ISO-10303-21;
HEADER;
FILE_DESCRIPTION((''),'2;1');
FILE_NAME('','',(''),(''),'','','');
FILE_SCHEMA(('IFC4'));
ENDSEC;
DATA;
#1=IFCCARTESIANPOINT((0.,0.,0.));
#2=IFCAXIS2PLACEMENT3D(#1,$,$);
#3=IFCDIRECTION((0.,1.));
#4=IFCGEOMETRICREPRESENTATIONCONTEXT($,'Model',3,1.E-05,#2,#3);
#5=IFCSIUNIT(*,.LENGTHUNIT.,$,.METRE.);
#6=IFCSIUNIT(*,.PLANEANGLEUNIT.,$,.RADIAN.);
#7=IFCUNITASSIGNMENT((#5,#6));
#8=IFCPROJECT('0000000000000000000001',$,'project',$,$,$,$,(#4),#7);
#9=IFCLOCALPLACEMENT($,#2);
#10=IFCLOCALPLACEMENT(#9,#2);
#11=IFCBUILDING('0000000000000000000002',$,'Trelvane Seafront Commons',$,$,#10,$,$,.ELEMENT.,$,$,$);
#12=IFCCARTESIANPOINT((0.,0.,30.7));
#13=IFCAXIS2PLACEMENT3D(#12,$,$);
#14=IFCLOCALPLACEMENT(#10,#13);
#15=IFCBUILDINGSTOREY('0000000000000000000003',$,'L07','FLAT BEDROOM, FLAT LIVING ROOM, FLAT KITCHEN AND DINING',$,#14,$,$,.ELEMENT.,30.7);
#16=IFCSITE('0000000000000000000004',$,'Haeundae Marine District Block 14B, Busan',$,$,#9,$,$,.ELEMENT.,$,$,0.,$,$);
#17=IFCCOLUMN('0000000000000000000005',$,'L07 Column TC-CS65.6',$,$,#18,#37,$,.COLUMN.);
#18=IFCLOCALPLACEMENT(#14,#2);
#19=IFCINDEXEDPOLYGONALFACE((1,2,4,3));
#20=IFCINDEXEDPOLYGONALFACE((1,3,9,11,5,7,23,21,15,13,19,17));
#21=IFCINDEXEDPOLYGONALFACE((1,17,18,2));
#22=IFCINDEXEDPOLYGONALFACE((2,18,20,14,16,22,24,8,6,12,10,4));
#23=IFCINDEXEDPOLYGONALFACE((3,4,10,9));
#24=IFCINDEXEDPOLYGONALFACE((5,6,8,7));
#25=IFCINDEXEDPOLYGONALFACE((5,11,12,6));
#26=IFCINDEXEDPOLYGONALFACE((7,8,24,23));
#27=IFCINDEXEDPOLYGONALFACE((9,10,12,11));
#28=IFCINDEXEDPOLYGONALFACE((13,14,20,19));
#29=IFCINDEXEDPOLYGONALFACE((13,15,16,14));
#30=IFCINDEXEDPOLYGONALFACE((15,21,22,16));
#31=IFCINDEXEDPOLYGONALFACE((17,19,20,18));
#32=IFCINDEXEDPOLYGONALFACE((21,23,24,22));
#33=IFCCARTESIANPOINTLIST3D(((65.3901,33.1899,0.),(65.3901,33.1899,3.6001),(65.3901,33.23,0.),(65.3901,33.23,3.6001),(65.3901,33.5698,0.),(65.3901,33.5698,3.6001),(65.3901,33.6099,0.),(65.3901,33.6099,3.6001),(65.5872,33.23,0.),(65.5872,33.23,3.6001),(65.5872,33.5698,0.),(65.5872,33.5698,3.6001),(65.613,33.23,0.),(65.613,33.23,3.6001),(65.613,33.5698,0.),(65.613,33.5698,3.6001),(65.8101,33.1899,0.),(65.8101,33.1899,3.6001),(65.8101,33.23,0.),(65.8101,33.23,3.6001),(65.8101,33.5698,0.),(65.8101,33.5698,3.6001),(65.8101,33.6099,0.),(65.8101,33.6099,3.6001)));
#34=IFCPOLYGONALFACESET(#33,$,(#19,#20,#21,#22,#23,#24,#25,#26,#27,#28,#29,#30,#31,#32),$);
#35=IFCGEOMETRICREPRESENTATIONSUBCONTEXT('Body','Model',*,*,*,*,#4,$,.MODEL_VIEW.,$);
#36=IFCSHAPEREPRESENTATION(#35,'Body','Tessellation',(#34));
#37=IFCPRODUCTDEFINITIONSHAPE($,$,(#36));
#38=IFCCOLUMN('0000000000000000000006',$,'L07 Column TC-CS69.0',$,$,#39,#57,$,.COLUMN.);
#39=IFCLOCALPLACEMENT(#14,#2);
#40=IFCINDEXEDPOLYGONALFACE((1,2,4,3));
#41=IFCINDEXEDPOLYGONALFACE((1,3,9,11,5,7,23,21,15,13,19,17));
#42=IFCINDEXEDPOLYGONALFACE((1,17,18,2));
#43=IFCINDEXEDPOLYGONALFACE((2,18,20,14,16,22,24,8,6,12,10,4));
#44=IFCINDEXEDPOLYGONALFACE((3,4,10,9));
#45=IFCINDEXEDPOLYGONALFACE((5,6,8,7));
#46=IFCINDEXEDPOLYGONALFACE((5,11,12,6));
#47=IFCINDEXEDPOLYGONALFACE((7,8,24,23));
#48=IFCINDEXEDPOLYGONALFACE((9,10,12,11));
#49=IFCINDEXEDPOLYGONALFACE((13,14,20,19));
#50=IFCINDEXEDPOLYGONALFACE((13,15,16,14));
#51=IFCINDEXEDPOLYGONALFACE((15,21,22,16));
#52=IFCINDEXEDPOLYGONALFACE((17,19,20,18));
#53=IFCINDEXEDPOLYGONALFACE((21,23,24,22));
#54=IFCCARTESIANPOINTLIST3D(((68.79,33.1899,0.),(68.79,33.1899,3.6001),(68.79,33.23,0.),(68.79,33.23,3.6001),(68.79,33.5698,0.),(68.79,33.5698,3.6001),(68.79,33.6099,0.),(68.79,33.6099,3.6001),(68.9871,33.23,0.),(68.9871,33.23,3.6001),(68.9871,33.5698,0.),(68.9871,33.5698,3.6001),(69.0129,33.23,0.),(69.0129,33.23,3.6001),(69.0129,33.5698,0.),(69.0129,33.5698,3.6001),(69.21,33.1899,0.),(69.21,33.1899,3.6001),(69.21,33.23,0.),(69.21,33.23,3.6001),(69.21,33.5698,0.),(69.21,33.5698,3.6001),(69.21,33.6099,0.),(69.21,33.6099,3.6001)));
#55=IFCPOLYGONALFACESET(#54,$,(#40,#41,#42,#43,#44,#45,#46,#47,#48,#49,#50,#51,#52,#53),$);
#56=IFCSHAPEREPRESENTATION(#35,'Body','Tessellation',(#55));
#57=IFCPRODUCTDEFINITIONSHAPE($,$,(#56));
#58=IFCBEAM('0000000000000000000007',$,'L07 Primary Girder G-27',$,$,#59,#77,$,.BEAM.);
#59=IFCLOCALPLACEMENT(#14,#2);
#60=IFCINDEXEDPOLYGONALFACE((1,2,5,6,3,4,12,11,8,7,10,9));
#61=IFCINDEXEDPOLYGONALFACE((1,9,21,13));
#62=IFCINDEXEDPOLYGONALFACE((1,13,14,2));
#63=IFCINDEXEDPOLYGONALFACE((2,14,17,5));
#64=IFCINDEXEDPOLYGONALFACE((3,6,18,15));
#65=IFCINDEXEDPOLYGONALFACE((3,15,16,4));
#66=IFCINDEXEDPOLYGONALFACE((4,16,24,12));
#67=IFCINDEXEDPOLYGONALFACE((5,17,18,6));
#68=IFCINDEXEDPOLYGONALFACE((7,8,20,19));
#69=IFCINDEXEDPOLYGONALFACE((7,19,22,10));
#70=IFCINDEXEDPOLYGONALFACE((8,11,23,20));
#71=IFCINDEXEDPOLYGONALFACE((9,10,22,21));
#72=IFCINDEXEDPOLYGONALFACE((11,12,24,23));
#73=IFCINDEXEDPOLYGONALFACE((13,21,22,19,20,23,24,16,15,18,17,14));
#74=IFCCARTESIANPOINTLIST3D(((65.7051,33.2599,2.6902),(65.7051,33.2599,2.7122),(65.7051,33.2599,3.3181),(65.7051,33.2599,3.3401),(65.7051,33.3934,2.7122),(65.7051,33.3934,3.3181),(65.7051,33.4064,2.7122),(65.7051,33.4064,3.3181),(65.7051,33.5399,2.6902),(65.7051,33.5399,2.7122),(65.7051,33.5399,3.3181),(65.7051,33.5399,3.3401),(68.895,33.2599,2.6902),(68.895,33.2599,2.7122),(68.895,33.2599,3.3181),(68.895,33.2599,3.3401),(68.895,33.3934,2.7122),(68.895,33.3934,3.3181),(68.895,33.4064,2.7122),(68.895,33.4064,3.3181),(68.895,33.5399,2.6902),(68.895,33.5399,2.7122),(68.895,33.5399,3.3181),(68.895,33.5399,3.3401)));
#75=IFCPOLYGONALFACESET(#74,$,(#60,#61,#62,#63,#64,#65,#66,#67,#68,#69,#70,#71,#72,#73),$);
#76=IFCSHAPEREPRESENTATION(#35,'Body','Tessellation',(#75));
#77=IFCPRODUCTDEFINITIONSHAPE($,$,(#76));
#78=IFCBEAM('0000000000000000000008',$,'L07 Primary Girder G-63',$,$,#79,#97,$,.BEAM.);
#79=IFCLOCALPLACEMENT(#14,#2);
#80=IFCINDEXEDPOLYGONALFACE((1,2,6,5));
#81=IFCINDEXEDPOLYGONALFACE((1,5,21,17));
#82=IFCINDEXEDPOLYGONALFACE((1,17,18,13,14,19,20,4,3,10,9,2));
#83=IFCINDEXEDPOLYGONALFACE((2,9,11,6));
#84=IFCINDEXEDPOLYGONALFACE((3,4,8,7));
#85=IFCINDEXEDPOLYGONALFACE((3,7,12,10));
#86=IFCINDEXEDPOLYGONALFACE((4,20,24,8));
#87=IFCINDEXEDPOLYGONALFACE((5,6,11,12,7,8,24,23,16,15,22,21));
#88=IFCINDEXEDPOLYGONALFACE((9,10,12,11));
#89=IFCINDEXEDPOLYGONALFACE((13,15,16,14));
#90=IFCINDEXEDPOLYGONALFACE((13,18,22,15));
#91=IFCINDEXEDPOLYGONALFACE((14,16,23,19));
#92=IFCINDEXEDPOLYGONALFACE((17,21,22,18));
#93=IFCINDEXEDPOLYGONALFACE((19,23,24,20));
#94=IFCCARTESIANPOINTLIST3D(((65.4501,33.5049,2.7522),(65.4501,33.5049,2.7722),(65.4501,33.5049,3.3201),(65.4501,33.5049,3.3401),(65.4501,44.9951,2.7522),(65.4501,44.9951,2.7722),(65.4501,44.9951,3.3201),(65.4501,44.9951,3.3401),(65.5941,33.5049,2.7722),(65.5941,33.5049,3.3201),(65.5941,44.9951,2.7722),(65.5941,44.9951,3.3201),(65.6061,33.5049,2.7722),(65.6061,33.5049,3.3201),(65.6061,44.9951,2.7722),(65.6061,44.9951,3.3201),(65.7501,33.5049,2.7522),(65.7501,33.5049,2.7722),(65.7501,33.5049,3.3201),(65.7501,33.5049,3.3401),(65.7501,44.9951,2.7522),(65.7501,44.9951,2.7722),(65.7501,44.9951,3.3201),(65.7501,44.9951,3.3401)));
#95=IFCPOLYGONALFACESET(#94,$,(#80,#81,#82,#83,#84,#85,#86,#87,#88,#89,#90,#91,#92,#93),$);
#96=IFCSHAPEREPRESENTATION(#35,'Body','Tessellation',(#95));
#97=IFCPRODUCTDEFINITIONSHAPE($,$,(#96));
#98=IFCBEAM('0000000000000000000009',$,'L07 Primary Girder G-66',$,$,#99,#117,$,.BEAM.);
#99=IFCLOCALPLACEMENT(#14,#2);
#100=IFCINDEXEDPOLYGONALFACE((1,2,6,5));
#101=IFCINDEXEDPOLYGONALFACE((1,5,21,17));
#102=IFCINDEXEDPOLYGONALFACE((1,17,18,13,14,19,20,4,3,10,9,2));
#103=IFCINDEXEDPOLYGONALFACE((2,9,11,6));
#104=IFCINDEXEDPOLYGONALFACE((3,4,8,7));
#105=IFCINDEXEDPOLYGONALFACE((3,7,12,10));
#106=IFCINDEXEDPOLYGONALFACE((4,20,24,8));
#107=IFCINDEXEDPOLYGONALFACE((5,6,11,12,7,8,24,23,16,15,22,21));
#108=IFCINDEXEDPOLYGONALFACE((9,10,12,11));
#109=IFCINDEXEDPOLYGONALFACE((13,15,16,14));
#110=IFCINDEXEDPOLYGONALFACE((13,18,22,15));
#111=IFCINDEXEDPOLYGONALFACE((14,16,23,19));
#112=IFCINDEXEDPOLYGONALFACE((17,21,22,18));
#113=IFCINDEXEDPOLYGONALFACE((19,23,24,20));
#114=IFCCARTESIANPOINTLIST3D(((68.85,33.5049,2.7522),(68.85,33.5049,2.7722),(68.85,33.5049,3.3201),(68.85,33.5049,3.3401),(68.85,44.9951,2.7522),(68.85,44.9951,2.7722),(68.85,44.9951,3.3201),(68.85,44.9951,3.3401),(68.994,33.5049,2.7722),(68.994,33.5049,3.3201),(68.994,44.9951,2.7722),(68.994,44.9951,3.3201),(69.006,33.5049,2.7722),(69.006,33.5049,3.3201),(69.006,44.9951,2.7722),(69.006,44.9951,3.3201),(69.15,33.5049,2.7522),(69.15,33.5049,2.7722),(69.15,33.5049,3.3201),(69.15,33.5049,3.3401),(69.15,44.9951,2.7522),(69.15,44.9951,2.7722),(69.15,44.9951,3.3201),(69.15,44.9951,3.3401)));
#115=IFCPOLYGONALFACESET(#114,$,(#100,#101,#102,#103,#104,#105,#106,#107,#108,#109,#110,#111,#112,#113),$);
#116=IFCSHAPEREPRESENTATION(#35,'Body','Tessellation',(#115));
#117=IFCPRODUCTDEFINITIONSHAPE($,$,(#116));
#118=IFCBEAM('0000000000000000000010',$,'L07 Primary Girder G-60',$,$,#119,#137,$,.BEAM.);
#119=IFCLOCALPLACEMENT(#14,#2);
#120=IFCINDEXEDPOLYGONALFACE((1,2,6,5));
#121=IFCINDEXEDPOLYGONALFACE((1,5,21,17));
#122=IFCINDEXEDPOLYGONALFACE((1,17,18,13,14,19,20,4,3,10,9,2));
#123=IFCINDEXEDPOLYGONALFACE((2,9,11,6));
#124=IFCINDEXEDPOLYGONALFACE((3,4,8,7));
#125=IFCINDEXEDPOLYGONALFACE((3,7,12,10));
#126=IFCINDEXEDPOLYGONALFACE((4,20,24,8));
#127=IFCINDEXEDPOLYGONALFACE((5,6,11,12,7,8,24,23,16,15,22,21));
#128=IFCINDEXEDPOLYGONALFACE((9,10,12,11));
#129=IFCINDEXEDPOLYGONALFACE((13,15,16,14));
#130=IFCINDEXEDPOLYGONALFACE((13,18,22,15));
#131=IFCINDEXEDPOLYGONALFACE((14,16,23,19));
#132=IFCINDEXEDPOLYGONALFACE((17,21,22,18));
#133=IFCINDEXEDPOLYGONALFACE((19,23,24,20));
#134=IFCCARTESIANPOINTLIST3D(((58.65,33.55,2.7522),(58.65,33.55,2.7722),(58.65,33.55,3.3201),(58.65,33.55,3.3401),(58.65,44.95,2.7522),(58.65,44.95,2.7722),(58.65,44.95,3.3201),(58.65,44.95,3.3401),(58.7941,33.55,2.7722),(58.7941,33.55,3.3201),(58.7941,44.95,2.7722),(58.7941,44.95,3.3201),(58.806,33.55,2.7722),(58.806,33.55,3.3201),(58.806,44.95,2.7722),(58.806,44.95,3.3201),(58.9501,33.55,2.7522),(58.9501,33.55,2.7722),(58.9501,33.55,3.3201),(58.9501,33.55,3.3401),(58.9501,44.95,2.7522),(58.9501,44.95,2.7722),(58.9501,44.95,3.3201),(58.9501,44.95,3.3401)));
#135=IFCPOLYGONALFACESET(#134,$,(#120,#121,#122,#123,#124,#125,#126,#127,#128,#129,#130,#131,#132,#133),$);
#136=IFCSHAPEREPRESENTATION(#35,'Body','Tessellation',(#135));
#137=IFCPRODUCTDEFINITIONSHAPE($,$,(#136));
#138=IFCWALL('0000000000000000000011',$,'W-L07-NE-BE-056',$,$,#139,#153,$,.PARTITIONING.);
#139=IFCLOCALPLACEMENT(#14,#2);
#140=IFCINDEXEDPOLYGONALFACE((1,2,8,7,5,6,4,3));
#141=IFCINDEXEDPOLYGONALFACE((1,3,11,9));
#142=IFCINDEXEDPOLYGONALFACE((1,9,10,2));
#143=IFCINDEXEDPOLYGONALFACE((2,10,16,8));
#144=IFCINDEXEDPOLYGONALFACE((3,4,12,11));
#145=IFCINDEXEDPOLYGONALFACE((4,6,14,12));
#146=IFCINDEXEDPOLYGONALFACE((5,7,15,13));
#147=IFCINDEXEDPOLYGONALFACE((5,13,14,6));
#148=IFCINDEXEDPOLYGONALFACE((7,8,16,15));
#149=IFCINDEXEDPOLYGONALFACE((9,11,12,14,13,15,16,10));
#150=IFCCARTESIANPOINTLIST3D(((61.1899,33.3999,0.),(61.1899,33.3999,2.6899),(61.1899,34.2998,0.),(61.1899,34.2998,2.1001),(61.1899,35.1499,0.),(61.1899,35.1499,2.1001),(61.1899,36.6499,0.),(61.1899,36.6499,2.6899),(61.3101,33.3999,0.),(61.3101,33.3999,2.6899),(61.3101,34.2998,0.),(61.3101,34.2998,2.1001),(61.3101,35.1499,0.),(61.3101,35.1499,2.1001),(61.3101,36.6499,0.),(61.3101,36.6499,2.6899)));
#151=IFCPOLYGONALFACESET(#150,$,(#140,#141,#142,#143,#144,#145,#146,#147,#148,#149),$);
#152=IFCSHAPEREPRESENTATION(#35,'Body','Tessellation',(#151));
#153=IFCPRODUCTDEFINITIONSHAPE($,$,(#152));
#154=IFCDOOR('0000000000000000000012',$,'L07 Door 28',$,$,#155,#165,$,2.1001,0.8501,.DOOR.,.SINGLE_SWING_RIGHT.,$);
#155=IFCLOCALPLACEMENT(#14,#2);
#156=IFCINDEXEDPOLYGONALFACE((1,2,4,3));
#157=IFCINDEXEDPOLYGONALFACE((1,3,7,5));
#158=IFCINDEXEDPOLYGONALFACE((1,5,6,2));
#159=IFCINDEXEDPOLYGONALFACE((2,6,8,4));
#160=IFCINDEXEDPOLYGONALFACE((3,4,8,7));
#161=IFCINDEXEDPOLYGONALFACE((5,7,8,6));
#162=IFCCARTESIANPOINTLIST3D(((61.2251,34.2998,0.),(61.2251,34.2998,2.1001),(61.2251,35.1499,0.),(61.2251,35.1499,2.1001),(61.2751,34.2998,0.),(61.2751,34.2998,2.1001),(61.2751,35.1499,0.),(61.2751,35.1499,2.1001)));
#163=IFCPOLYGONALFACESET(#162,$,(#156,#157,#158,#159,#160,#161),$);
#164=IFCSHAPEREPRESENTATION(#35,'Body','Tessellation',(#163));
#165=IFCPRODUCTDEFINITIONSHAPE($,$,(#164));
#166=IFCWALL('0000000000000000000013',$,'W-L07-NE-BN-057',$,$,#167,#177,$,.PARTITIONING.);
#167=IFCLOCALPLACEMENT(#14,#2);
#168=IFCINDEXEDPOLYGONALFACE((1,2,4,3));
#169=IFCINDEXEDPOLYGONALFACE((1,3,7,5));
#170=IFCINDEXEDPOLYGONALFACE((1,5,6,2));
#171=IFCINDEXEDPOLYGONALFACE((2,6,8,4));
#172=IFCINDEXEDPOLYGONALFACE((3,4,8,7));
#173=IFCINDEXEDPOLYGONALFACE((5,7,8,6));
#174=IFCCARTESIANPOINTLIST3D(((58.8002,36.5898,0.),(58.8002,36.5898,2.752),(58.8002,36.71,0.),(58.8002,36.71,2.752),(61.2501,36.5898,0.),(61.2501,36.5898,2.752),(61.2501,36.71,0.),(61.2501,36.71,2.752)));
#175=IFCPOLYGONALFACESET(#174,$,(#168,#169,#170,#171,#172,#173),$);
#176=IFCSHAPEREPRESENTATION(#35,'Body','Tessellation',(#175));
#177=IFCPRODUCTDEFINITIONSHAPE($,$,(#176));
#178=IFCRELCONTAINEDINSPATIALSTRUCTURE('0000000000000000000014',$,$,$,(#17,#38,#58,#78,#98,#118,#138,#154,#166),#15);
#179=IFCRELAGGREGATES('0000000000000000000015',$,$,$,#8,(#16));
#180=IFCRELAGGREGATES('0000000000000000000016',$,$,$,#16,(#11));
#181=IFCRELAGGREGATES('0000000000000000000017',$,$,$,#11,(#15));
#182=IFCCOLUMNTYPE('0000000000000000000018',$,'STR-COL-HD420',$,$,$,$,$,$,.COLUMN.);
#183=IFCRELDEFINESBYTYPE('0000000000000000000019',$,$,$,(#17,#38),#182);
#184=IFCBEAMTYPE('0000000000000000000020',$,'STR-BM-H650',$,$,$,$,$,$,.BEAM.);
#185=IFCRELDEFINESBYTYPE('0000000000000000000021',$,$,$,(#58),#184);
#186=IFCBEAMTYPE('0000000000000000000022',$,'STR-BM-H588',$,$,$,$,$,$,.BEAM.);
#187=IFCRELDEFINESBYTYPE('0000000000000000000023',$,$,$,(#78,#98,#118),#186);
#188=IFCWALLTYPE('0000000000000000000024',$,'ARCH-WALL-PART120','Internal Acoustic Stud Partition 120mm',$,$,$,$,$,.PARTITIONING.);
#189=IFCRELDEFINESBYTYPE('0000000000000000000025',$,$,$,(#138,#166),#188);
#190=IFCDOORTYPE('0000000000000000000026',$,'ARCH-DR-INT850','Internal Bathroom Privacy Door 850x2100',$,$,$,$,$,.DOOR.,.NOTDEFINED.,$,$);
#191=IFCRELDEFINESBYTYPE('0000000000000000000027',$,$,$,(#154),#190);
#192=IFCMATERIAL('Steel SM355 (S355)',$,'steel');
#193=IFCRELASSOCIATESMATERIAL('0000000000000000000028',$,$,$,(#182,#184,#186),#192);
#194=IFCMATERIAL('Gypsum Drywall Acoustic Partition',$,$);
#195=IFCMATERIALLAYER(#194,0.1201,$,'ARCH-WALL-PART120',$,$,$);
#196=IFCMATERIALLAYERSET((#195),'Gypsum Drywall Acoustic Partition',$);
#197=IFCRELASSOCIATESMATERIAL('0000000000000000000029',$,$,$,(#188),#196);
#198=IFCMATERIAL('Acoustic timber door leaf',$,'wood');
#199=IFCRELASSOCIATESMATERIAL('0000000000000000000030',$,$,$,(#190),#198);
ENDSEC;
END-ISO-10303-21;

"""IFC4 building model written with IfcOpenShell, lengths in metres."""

from ifc_helpers import new_model, si_unit, direction, frame, frame_2d, origin, origin_2d, place, context, subcontext, project, spatial, rectangle, i_section, extrude, source, transform, mapped, material, layer, layer_set, material_profile, profile_set, type_object, element, fill, save


model = new_model("IFC4")

# Units and contexts
model_context = context("Model", 3, precision=1e-05, world=origin(), true_north=direction((0.0, 1.0)))
body_context = subcontext(model_context, "Body", "Model", "MODEL_VIEW")
ifc_project = project(units=[si_unit("LENGTHUNIT", "METRE"), si_unit("PLANEANGLEUNIT", "RADIAN")], contexts=[model_context])

# Site, building, storey
site_placement = place(None, origin())
site = spatial("IfcSite", under=ifc_project, at=site_placement, Name="Haeundae Marine District Block 14B, Busan", CompositionType="ELEMENT", RefElevation=0.0)
building_placement = place(site_placement, origin())
building = spatial("IfcBuilding", under=site, at=building_placement, Name="Trelvane Seafront Commons", CompositionType="ELEMENT")
storey_placement = place(building_placement, frame((0.0, 0.0, 30.7)))
storey = spatial("IfcBuildingStorey", under=building, at=storey_placement, Name="L07", Description="FLAT BEDROOM, FLAT LIVING ROOM, FLAT KITCHEN AND DINING", CompositionType="ELEMENT", Elevation=30.7)

# Columns
ifc_material_1 = material(Name="Steel SM355 (S355)", Category="steel")
ifc_material_profile_1 = material_profile(ifc_material_1, i_section(OverallWidth=0.4199, OverallDepth=0.4199, WebThickness=0.0259, FlangeThickness=0.04, at=origin_2d()), Name="HD-420x420x26x40")
ifc_profile_set_1 = profile_set([ifc_material_profile_1], Name="Steel SM355 (S355)")
column_type = type_object("IfcColumnType", Name="STR-COL-HD420", PredefinedType="COLUMN", material=ifc_profile_set_1)
shared_shape_1 = source(origin(), body_context, "Body", "SweptSolid", [
    extrude(i_section(OverallWidth=0.4199, OverallDepth=0.4199, WebThickness=0.0259, FlangeThickness=0.04, at=origin_2d()), origin(), (0.0, 0.0, 1.0), 3.6001),
])
for number, where, z_axis, x_axis, name in (
    (1, (65.6001, 33.3999, 0.0), (0.0, 0.0, 1.0), (1.0, 0.0, 0.0), "L07 Column TC-CS65.6"),
    (2, (69.0, 33.3999, 0.0), (0.0, 0.0, 1.0), (1.0, 0.0, 0.0), "L07 Column TC-CS69.0"),
):
    element("IfcColumn", number, at=place(storey_placement, frame(where, z_axis=z_axis, x_axis=x_axis)), inside=storey, type_object=column_type, Name=name, PredefinedType="COLUMN", context=body_context, shape_type="MappedRepresentation", body=[
        mapped(shared_shape_1, transform((0.0, 0.0, 0.0), x_axis=(1.0, 0.0, 0.0), y_axis=(0.0, 1.0, 0.0), z_axis=(0.0, 0.0, 1.0), scale=1.0)),
    ])

# Beams
ifc_material_profile_2 = material_profile(ifc_material_1, i_section(OverallWidth=0.28, OverallDepth=0.6499, WebThickness=0.0129, FlangeThickness=0.022, at=origin_2d()), Name="H-650x280x13x22")
ifc_profile_set_2 = profile_set([ifc_material_profile_2], Name="Steel SM355 (S355)")
beam_type_1 = type_object("IfcBeamType", Name="STR-BM-H650", PredefinedType="BEAM", material=ifc_profile_set_2)
shared_shape_2 = source(origin(), body_context, "Body", "SweptSolid", [
    extrude(i_section(OverallWidth=0.28, OverallDepth=0.6499, WebThickness=0.0129, FlangeThickness=0.022, at=origin_2d()), origin(), (0.0, 0.0, 1.0), 3.1899),
])
beam_1_placement = place(storey_placement, frame((65.7051, 33.3999, 3.0151), z_axis=(1.0, 0.0, 0.0), x_axis=(0.0, 1.0, 0.0)))
element("IfcBeam", 3, at=beam_1_placement, inside=storey, type_object=beam_type_1, Name="L07 Primary Girder G-27", PredefinedType="BEAM", context=body_context, shape_type="MappedRepresentation", body=[
    mapped(shared_shape_2, transform((0.0, 0.0, 0.0), x_axis=(1.0, 0.0, 0.0), y_axis=(0.0, 1.0, 0.0), z_axis=(0.0, 0.0, 1.0), scale=1.0)),
])
ifc_material_profile_3 = material_profile(ifc_material_1, i_section(OverallWidth=0.3, OverallDepth=0.5879, WebThickness=0.012, FlangeThickness=0.02, at=origin_2d()), Name="H-588x300x12x20")
ifc_profile_set_3 = profile_set([ifc_material_profile_3], Name="Steel SM355 (S355)")
beam_type_2 = type_object("IfcBeamType", Name="STR-BM-H588", PredefinedType="BEAM", material=ifc_profile_set_3)
shared_shape_3 = source(origin(), body_context, "Body", "SweptSolid", [
    extrude(i_section(OverallWidth=0.3, OverallDepth=0.5879, WebThickness=0.012, FlangeThickness=0.02, at=origin_2d()), origin(), (0.0, 0.0, 1.0), 11.4902),
])
for number, where, z_axis, x_axis, name in (
    (4, (65.6001, 33.5049, 3.0461), (0.0, 1.0, 0.0), (-1.0, 0.0, 0.0), "L07 Primary Girder G-63"),
    (5, (69.0, 33.5049, 3.0461), (0.0, 1.0, 0.0), (-1.0, 0.0, 0.0), "L07 Primary Girder G-66"),
):
    element("IfcBeam", number, at=place(storey_placement, frame(where, z_axis=z_axis, x_axis=x_axis)), inside=storey, type_object=beam_type_2, Name=name, PredefinedType="BEAM", context=body_context, shape_type="MappedRepresentation", body=[
        mapped(shared_shape_3, transform((0.0, 0.0, 0.0), x_axis=(1.0, 0.0, 0.0), y_axis=(0.0, 1.0, 0.0), z_axis=(0.0, 0.0, 1.0), scale=1.0)),
    ])
shared_shape_4 = source(origin(), body_context, "Body", "SweptSolid", [
    extrude(i_section(OverallWidth=0.3, OverallDepth=0.5879, WebThickness=0.012, FlangeThickness=0.02, at=origin_2d()), origin(), (0.0, 0.0, 1.0), 11.3999),
])
beam_2_placement = place(storey_placement, frame((58.8, 33.55, 3.0461), z_axis=(0.0, 1.0, 0.0), x_axis=(-1.0, 0.0, 0.0)))
element("IfcBeam", 6, at=beam_2_placement, inside=storey, type_object=beam_type_2, Name="L07 Primary Girder G-60", PredefinedType="BEAM", context=body_context, shape_type="MappedRepresentation", body=[
    mapped(shared_shape_4, transform((0.0, 0.0, 0.0), x_axis=(1.0, 0.0, 0.0), y_axis=(0.0, 1.0, 0.0), z_axis=(0.0, 0.0, 1.0), scale=1.0)),
])

# Wall, opening, door
ifc_material_2 = material(Name="Gypsum Drywall Acoustic Partition")
ifc_layer_1 = layer(ifc_material_2, 0.1201, Name="ARCH-WALL-PART120")
ifc_layer_set_1 = layer_set([ifc_layer_1], Name="Gypsum Drywall Acoustic Partition")
wall_type_1 = type_object("IfcWallType", Name="ARCH-WALL-PART120", Description="Internal Acoustic Stud Partition 120mm", PredefinedType="PARTITIONING", material=ifc_layer_set_1)
wall_1_placement = place(storey_placement, frame((61.25, 33.3999, 0.0), z_axis=(0.0, 0.0, 1.0), x_axis=(0.0, 1.0, 0.0)))
wall_1 = element("IfcWall", 7, at=wall_1_placement, inside=storey, type_object=wall_type_1, Name="W-L07-NE-BE-056", PredefinedType="PARTITIONING", context=body_context, shape_type="SweptSolid", body=[
    extrude(rectangle(XDim=3.25, YDim=0.1201, at=frame_2d((1.625, 0.0))), origin(), (0.0, 0.0, 1.0), 2.6899),
])
opening_1_placement = place(wall_1_placement, frame((0.8999, 0.0, 0.0)))
opening_1 = element("IfcOpeningElement", 8, at=opening_1_placement, cuts=wall_1, PredefinedType="OPENING", context=body_context, shape_type="SweptSolid", body=[
    extrude(rectangle(XDim=0.8501, YDim=2.1001, at=frame_2d((0.425, 1.05))), frame((0.0, 0.0701, 0.0), z_axis=(0.0, -1.0, 0.0), x_axis=(1.0, 0.0, 0.0)), (0.0, 0.0, 1.0), 0.1401),
])
ifc_material_3 = material(Name="Acoustic timber door leaf", Category="wood")
door_type_1 = type_object("IfcDoorType", Name="ARCH-DR-INT850", Description="Internal Bathroom Privacy Door 850x2100", OperationType="NOTDEFINED", PredefinedType="DOOR", material=ifc_material_3)
shared_shape_5 = source(origin(), body_context, "Body", "SweptSolid", [
    extrude(rectangle(XDim=0.8501, YDim=2.1001, at=frame_2d((0.425, 1.05))), frame((0.0, 0.0249, 0.0), z_axis=(0.0, -1.0, 0.0), x_axis=(1.0, 0.0, 0.0)), (0.0, 0.0, 1.0), 0.05),
])
door_1_placement = place(opening_1_placement, origin())
door_1 = element("IfcDoor", 9, at=door_1_placement, inside=storey, type_object=door_type_1, Name="L07 Door 28", OperationType="SINGLE_SWING_RIGHT", OverallHeight=2.1001, OverallWidth=0.8501, PredefinedType="DOOR", context=body_context, shape_type="MappedRepresentation", body=[
    mapped(shared_shape_5, transform((0.0, 0.0, 0.0), x_axis=(1.0, 0.0, 0.0), y_axis=(0.0, 1.0, 0.0), z_axis=(0.0, 0.0, 1.0), scale=1.0)),
])
fill(opening_1, door_1)

# Wall
wall_2_placement = place(storey_placement, frame((58.8, 36.6499, 0.0), z_axis=(0.0, 0.0, 1.0), x_axis=(1.0, 0.0, 0.0)))
element("IfcWall", 10, at=wall_2_placement, inside=storey, type_object=wall_type_1, Name="W-L07-NE-BN-057", PredefinedType="PARTITIONING", context=body_context, shape_type="SweptSolid", body=[
    extrude(rectangle(XDim=2.45, YDim=0.1201, at=frame_2d((1.2251, 0.0))), origin(), (0.0, 0.0, 1.0), 2.752),
])

save(model, "model.ifc")
